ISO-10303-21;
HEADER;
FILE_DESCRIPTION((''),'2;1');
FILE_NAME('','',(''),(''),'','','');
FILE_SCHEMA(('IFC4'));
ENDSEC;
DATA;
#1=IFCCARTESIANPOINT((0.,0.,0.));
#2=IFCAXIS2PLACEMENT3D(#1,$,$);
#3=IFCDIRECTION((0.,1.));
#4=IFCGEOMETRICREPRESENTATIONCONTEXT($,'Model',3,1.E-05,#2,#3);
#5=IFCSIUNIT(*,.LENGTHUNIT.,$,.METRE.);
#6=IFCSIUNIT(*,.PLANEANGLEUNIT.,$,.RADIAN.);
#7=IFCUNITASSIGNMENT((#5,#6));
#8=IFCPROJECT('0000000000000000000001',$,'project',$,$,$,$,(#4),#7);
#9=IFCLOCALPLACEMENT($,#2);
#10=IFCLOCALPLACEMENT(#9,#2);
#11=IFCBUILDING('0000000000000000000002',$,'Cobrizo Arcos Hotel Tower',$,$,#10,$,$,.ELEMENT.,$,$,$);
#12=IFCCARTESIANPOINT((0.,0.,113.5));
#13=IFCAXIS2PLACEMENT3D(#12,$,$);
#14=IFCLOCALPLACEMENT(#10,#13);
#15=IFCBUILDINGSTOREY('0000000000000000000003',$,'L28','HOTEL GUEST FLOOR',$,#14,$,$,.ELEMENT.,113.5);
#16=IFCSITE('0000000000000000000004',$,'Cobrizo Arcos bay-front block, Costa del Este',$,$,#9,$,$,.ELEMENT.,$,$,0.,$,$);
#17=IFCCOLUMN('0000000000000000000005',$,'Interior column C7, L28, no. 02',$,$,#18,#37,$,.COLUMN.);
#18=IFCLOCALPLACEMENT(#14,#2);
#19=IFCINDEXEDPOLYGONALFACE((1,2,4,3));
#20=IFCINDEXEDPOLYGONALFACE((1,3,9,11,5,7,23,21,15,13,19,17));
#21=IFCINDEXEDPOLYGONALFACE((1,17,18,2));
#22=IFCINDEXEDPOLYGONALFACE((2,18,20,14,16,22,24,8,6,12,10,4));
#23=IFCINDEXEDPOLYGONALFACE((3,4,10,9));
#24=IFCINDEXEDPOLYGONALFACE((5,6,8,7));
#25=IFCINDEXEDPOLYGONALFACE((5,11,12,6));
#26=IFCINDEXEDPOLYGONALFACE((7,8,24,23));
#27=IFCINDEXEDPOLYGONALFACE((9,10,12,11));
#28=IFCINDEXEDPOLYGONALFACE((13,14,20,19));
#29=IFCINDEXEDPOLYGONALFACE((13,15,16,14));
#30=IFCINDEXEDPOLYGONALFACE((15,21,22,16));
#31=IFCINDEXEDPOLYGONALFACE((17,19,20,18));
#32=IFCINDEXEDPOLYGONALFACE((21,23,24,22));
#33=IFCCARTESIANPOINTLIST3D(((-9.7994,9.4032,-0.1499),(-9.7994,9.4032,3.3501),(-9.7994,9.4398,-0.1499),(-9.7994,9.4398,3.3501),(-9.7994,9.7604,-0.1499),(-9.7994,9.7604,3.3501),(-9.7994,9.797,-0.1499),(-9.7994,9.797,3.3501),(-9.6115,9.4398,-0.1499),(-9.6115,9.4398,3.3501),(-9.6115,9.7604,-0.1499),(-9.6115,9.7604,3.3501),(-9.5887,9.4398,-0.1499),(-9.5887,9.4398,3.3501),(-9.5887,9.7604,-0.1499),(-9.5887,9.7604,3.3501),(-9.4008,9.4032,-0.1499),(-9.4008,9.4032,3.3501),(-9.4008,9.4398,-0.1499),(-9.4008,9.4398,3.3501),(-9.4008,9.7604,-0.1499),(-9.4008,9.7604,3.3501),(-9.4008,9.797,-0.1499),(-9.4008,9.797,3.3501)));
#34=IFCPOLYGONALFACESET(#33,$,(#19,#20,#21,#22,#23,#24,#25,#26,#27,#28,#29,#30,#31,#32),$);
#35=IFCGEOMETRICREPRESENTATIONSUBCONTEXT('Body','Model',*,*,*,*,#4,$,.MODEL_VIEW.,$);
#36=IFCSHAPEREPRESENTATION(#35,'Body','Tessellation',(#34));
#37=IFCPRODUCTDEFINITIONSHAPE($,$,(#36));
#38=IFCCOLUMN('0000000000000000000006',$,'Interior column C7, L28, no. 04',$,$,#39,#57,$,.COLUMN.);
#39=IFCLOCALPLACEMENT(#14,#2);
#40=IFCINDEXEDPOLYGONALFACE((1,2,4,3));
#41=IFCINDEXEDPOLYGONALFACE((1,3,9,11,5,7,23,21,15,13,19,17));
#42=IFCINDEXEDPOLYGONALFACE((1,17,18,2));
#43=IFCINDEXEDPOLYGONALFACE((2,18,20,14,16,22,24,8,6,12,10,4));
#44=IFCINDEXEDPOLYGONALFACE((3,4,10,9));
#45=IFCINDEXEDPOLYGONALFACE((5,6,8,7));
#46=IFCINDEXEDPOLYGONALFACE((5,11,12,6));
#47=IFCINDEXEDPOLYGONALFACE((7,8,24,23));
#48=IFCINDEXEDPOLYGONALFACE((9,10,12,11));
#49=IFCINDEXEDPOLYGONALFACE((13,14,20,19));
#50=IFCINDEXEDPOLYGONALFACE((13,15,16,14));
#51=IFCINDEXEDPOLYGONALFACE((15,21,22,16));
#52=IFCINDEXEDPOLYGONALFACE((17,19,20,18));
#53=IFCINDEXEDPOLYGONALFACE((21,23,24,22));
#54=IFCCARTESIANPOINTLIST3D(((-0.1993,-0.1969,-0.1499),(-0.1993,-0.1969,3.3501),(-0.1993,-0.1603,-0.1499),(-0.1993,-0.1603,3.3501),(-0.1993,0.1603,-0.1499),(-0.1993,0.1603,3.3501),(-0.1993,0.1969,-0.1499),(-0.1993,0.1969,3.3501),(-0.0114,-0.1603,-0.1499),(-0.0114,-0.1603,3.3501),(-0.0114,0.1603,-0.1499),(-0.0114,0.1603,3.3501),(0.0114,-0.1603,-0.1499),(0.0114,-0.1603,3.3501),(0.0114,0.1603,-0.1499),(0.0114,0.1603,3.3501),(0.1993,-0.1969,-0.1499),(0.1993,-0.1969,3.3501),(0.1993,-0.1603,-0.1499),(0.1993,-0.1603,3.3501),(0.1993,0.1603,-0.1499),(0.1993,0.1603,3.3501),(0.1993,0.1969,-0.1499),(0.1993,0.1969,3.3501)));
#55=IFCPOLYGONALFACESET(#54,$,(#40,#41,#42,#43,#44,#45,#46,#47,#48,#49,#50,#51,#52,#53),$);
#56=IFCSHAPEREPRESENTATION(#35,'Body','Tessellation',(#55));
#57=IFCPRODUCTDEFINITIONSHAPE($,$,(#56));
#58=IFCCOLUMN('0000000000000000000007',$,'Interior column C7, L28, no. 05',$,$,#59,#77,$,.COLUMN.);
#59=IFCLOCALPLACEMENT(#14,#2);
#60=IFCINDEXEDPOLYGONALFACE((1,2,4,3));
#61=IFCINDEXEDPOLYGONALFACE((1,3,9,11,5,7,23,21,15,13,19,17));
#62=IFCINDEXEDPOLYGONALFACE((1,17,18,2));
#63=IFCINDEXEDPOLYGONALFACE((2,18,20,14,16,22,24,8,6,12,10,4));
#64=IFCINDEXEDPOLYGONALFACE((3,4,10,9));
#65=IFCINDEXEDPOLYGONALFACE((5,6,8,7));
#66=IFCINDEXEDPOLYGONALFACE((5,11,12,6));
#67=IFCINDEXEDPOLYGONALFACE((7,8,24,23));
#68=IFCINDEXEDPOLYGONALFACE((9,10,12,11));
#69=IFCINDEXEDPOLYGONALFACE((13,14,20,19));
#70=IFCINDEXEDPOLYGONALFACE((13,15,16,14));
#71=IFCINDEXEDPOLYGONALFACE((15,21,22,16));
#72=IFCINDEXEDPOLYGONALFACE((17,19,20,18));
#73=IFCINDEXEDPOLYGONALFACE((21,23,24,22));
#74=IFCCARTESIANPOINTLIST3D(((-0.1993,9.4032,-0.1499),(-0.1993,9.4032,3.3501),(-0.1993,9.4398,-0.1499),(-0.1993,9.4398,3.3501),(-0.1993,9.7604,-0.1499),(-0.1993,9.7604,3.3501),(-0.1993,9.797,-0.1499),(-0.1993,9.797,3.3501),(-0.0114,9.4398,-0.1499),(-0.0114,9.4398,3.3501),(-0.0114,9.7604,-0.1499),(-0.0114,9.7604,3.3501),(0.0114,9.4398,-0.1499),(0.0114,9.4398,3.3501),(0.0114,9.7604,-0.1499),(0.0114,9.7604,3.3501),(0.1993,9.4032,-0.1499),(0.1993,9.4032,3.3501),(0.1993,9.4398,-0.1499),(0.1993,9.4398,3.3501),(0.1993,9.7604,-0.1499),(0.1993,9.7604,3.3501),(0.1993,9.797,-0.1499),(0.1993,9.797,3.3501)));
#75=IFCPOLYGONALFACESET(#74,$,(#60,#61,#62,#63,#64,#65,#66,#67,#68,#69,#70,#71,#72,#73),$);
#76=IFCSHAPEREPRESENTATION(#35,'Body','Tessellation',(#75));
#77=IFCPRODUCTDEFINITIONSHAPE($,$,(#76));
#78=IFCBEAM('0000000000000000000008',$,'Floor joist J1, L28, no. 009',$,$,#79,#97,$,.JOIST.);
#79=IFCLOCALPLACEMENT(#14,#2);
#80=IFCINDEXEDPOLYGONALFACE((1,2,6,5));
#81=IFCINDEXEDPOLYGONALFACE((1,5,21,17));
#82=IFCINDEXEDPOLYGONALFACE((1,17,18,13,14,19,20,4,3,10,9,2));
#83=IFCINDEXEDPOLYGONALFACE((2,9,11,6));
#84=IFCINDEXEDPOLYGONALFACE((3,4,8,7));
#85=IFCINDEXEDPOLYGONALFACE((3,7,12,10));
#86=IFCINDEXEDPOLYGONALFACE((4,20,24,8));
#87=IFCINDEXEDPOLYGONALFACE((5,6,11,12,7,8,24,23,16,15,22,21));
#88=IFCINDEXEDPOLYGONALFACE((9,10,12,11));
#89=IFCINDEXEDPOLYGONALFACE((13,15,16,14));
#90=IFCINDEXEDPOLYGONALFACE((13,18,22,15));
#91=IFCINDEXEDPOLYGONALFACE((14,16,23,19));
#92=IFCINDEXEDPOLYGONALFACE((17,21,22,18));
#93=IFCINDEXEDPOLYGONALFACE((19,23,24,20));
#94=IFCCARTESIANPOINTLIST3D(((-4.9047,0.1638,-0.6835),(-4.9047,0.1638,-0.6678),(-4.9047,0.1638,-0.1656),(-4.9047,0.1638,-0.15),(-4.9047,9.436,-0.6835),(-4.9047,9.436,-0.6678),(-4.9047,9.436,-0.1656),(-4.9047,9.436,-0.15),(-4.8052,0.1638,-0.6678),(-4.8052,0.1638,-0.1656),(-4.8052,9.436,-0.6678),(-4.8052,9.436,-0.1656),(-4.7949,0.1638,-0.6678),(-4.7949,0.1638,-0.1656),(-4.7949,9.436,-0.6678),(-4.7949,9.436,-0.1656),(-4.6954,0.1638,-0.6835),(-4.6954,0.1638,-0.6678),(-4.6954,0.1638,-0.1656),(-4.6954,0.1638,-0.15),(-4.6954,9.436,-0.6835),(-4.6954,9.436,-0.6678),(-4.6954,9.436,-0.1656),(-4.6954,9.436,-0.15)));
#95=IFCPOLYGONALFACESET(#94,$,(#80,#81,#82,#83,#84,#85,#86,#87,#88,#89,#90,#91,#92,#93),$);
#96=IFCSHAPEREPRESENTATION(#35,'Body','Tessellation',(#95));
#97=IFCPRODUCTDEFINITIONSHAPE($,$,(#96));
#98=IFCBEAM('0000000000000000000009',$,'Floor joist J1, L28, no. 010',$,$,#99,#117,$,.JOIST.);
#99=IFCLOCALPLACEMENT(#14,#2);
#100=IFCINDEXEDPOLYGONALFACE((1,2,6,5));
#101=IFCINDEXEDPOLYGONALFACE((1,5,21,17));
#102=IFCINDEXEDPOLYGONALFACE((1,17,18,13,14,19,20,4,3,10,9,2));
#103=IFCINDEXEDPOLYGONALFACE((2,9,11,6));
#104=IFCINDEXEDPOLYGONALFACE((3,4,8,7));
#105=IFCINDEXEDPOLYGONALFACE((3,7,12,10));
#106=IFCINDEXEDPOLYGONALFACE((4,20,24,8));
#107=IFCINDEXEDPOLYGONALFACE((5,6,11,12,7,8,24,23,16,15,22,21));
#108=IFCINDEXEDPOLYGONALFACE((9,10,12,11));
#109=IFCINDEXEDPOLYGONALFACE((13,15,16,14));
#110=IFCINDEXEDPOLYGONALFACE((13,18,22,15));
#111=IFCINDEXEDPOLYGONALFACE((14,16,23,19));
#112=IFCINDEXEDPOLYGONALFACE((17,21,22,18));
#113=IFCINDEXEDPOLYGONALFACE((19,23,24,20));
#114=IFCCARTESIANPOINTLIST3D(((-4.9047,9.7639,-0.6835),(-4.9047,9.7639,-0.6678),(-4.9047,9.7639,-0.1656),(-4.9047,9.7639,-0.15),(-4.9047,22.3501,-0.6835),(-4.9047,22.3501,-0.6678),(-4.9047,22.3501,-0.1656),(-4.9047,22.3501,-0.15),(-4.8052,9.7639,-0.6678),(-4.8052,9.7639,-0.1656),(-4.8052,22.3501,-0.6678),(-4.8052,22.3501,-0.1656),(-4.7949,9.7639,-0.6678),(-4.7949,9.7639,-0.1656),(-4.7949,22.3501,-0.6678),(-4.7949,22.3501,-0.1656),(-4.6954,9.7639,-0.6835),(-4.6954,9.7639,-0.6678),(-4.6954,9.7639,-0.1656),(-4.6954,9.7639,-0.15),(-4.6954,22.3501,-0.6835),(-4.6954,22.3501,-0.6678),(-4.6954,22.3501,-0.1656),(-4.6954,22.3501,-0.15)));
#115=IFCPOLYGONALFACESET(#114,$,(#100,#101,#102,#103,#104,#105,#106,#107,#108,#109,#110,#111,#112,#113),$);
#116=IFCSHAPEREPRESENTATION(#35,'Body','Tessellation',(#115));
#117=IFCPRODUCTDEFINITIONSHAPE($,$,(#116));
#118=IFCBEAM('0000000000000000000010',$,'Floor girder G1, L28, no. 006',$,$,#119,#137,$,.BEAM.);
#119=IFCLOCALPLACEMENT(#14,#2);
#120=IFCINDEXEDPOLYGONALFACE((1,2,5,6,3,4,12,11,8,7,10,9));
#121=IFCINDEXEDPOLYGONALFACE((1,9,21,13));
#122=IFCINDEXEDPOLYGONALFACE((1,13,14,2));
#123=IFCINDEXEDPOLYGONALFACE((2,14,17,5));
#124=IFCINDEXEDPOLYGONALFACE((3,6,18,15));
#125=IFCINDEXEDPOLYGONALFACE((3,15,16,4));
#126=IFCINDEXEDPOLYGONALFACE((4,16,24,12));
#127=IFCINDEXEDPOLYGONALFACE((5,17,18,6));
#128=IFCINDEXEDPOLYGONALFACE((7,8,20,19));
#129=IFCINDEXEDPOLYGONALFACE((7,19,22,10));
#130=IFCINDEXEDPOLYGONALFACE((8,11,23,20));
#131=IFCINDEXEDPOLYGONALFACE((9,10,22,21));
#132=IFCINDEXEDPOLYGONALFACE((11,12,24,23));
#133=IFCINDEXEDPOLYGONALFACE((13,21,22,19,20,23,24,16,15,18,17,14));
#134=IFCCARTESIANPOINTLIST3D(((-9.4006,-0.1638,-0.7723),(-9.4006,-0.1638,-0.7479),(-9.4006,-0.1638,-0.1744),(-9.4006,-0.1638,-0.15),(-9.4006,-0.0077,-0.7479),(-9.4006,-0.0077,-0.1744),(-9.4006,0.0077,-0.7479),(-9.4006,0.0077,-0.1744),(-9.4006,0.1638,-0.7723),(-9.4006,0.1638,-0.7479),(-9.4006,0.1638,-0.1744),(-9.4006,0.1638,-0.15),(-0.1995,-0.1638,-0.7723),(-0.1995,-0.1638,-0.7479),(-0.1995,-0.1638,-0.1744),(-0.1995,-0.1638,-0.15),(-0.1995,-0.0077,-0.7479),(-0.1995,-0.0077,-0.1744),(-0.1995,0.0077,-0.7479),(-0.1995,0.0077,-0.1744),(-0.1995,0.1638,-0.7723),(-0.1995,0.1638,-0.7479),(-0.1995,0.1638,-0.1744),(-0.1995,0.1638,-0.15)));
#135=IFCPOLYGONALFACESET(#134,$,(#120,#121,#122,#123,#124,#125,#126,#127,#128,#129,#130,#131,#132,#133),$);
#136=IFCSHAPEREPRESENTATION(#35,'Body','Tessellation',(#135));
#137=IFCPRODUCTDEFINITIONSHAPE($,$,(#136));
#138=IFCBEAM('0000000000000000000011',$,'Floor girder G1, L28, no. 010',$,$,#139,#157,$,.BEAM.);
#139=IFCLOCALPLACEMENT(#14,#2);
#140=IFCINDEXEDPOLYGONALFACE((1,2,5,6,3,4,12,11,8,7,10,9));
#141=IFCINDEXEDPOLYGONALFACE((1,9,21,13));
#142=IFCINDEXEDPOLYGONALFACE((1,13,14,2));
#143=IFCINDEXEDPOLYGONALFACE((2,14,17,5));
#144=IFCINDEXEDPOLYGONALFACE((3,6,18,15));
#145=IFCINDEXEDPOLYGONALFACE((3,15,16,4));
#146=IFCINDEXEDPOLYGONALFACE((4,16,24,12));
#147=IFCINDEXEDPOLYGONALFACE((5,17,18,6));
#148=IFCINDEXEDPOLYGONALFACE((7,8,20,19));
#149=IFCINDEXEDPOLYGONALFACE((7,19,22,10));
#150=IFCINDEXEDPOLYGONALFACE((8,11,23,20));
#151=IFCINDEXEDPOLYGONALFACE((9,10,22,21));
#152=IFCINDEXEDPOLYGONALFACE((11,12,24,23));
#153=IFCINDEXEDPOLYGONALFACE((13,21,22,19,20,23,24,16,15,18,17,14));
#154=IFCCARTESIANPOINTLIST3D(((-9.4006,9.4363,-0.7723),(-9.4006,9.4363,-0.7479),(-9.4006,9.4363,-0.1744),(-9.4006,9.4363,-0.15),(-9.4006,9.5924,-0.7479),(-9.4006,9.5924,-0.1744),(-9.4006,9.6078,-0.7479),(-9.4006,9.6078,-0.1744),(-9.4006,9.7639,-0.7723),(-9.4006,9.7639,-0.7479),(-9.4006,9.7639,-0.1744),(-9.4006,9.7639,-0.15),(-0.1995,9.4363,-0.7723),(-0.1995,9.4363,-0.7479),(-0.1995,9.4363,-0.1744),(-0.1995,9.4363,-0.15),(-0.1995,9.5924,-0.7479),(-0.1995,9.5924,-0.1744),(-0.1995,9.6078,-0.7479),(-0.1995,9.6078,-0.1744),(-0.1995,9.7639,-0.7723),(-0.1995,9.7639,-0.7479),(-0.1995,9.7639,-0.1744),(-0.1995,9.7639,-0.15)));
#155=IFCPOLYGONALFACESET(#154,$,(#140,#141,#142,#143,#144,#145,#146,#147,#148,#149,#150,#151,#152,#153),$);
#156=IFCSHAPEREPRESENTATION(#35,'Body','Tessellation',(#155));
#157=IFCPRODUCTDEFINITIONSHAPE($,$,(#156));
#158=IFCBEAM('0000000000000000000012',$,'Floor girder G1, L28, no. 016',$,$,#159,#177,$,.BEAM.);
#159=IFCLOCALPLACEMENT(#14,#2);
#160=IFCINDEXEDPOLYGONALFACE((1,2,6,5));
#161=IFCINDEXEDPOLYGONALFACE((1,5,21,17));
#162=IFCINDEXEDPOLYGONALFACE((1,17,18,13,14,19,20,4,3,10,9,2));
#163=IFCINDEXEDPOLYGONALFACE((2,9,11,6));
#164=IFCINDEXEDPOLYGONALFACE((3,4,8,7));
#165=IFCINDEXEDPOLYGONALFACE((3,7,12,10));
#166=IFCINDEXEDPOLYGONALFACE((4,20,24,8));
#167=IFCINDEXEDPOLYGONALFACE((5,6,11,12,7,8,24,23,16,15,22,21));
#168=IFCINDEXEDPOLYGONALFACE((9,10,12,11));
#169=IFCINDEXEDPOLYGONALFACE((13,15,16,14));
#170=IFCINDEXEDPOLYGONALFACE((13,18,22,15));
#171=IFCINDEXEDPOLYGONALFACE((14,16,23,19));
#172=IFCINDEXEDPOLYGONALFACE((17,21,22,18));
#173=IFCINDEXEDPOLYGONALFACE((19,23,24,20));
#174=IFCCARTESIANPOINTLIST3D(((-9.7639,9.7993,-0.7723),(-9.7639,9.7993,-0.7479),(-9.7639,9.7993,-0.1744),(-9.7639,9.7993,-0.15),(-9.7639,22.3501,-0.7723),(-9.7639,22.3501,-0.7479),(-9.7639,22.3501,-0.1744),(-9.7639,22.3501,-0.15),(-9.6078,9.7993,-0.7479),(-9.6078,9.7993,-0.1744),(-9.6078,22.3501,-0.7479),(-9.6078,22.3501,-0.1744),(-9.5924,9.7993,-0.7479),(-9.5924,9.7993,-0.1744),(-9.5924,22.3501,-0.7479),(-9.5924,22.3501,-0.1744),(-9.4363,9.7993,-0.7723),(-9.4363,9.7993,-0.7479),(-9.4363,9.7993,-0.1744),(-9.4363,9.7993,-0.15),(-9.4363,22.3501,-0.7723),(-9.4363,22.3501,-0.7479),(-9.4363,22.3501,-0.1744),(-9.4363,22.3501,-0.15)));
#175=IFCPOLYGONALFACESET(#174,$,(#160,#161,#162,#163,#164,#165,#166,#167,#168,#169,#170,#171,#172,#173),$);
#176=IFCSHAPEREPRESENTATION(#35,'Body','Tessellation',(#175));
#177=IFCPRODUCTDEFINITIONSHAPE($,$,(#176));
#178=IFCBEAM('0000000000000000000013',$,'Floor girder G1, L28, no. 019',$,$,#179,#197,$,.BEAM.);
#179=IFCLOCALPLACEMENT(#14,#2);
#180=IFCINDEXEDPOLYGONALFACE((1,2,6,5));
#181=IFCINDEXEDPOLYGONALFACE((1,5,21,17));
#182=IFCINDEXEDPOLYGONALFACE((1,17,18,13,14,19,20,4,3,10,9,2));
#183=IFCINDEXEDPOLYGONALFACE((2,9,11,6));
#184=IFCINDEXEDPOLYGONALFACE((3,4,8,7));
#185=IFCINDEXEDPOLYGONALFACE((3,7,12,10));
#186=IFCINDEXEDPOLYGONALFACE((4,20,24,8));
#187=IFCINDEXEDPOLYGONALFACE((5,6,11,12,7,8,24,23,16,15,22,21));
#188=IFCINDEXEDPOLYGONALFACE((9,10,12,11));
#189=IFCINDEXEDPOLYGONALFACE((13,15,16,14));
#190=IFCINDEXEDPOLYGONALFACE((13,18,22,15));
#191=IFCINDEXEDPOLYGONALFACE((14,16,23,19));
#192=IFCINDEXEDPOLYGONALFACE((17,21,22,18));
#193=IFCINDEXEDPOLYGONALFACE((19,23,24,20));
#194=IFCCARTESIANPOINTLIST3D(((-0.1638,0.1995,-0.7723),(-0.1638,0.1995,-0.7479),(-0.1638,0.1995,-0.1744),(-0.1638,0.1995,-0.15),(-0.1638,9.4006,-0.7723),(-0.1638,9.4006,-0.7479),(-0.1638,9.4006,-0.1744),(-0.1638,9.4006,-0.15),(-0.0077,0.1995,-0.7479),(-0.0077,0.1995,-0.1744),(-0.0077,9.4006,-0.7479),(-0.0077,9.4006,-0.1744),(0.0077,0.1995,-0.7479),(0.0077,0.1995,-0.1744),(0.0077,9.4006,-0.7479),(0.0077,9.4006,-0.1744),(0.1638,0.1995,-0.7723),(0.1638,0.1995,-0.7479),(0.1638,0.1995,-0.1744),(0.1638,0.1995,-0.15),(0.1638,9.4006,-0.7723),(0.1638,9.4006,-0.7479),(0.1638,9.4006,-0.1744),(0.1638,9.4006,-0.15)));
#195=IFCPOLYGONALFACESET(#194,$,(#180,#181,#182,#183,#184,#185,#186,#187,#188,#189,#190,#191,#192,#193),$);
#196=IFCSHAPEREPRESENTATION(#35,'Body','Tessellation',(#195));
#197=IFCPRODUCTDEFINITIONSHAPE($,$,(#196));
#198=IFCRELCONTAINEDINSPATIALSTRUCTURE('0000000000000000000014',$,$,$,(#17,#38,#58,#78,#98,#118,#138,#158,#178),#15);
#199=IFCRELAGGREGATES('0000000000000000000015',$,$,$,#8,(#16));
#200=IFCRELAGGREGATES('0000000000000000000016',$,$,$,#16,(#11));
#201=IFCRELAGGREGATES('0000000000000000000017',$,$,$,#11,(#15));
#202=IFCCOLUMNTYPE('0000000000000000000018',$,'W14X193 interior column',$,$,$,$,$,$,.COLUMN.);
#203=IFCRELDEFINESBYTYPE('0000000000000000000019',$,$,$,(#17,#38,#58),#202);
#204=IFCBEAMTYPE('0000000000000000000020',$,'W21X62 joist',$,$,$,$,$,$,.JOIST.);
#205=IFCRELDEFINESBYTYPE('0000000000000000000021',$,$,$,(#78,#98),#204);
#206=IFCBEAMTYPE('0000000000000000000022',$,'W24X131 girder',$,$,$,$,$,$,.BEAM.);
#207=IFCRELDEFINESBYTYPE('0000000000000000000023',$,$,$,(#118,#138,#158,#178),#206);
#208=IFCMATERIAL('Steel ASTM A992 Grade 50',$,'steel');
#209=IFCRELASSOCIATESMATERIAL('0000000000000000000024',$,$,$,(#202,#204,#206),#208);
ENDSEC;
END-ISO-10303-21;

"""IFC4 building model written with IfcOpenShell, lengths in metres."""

from ifc_helpers import new_model, si_unit, direction, frame, origin, origin_2d, place, context, subcontext, project, spatial, i_section, extrude, material, material_profile, profile_set, type_object, element, save


model = new_model("IFC4")

# Units and contexts
model_context = context("Model", 3, precision=1e-05, world=origin(), true_north=direction((0.0, 1.0)))
body_context = subcontext(model_context, "Body", "Model", "MODEL_VIEW")
ifc_project = project(units=[si_unit("LENGTHUNIT", "METRE"), si_unit("PLANEANGLEUNIT", "RADIAN")], contexts=[model_context])

# Site, building, storey
site_placement = place(None, origin())
site = spatial("IfcSite", under=ifc_project, at=site_placement, Name="Cobrizo Arcos bay-front block, Costa del Este", CompositionType="ELEMENT", RefElevation=0.0)
building_placement = place(site_placement, origin())
building = spatial("IfcBuilding", under=site, at=building_placement, Name="Cobrizo Arcos Hotel Tower", CompositionType="ELEMENT")
storey_placement = place(building_placement, frame((0.0, 0.0, 113.5)))
storey = spatial("IfcBuildingStorey", under=building, at=storey_placement, Name="L28", Description="HOTEL GUEST FLOOR", CompositionType="ELEMENT", Elevation=113.5)

# Columns
ifc_material_1 = material(Name="Steel ASTM A992 Grade 50", Category="steel")
ifc_material_profile_1 = material_profile(ifc_material_1, i_section(OverallWidth=0.3987, OverallDepth=0.3938, WebThickness=0.0227, FlangeThickness=0.0366, at=origin_2d()), Name="W14X193")
ifc_profile_set_1 = profile_set([ifc_material_profile_1], Name="Steel ASTM A992 Grade 50")
column_type = type_object("IfcColumnType", Name="W14X193 interior column", PredefinedType="COLUMN", material=ifc_profile_set_1)
for number, where, z_axis, x_axis, name in (
    (1, (-9.6001, 9.6001, -0.1499), (0.0, 0.0, 1.0), (1.0, 0.0, 0.0), "Interior column C7, L28, no. 02"),
    (2, (0.0, 0.0, -0.1499), (0.0, 0.0, 1.0), (1.0, 0.0, 0.0), "Interior column C7, L28, no. 04"),
    (3, (0.0, 9.6001, -0.1499), (0.0, 0.0, 1.0), (1.0, 0.0, 0.0), "Interior column C7, L28, no. 05"),
):
    element("IfcColumn", number, at=place(storey_placement, frame(where, z_axis=z_axis, x_axis=x_axis)), inside=storey, type_object=column_type, Name=name, PredefinedType="COLUMN", context=body_context, shape_type="SweptSolid", body=[
        extrude(i_section(OverallWidth=0.3987, OverallDepth=0.3938, WebThickness=0.0227, FlangeThickness=0.0366, at=origin_2d()), origin(), (0.0, 0.0, 1.0), 3.5),
    ])

# Beams
ifc_material_profile_2 = material_profile(ifc_material_1, i_section(OverallWidth=0.2092, OverallDepth=0.5334, WebThickness=0.0103, FlangeThickness=0.0156, at=origin_2d()), Name="W21X62")
ifc_profile_set_2 = profile_set([ifc_material_profile_2], Name="Steel ASTM A992 Grade 50")
beam_type_1 = type_object("IfcBeamType", Name="W21X62 joist", PredefinedType="JOIST", material=ifc_profile_set_2)
beam_1_placement = place(storey_placement, frame((-4.8, 0.1638, -0.4167), z_axis=(0.0, 1.0, 0.0), x_axis=(-1.0, 0.0, 0.0)))
element("IfcBeam", 4, at=beam_1_placement, inside=storey, type_object=beam_type_1, Name="Floor joist J1, L28, no. 009", PredefinedType="JOIST", context=body_context, shape_type="SweptSolid", body=[
    extrude(i_section(OverallWidth=0.2092, OverallDepth=0.5334, WebThickness=0.0103, FlangeThickness=0.0156, at=origin_2d()), origin(), (0.0, 0.0, 1.0), 9.2722),
])
beam_2_placement = place(storey_placement, frame((-4.8, 9.7639, -0.4167), z_axis=(0.0, 1.0, 0.0), x_axis=(-1.0, 0.0, 0.0)))
element("IfcBeam", 5, at=beam_2_placement, inside=storey, type_object=beam_type_1, Name="Floor joist J1, L28, no. 010", PredefinedType="JOIST", context=body_context, shape_type="SweptSolid", body=[
    extrude(i_section(OverallWidth=0.2092, OverallDepth=0.5334, WebThickness=0.0103, FlangeThickness=0.0156, at=origin_2d()), origin(), (0.0, 0.0, 1.0), 12.5862),
])
ifc_material_profile_3 = material_profile(ifc_material_1, i_section(OverallWidth=0.3276, OverallDepth=0.6223, WebThickness=0.0154, FlangeThickness=0.0244, at=origin_2d()), Name="W24X131")
ifc_profile_set_3 = profile_set([ifc_material_profile_3], Name="Steel ASTM A992 Grade 50")
beam_type_2 = type_object("IfcBeamType", Name="W24X131 girder", PredefinedType="BEAM", material=ifc_profile_set_3)
for number, where, z_axis, x_axis, name in (
    (6, (-9.4006, 0.0, -0.4612), (1.0, 0.0, 0.0), (0.0, 1.0, 0.0), "Floor girder G1, L28, no. 006"),
    (7, (-9.4006, 9.6001, -0.4612), (1.0, 0.0, 0.0), (0.0, 1.0, 0.0), "Floor girder G1, L28, no. 010"),
):
    element("IfcBeam", number, at=place(storey_placement, frame(where, z_axis=z_axis, x_axis=x_axis)), inside=storey, type_object=beam_type_2, Name=name, PredefinedType="BEAM", context=body_context, shape_type="SweptSolid", body=[
        extrude(i_section(OverallWidth=0.3276, OverallDepth=0.6223, WebThickness=0.0154, FlangeThickness=0.0244, at=origin_2d()), origin(), (0.0, 0.0, 1.0), 9.2012),
    ])
beam_3_placement = place(storey_placement, frame((-9.6001, 9.7993, -0.4612), z_axis=(0.0, 1.0, 0.0), x_axis=(-1.0, 0.0, 0.0)))
element("IfcBeam", 8, at=beam_3_placement, inside=storey, type_object=beam_type_2, Name="Floor girder G1, L28, no. 016", PredefinedType="BEAM", context=body_context, shape_type="SweptSolid", body=[
    extrude(i_section(OverallWidth=0.3276, OverallDepth=0.6223, WebThickness=0.0154, FlangeThickness=0.0244, at=origin_2d()), origin(), (0.0, 0.0, 1.0), 12.5508),
])
beam_4_placement = place(storey_placement, frame((0.0, 0.1995, -0.4612), z_axis=(0.0, 1.0, 0.0), x_axis=(-1.0, 0.0, 0.0)))
element("IfcBeam", 9, at=beam_4_placement, inside=storey, type_object=beam_type_2, Name="Floor girder G1, L28, no. 019", PredefinedType="BEAM", context=body_context, shape_type="SweptSolid", body=[
    extrude(i_section(OverallWidth=0.3276, OverallDepth=0.6223, WebThickness=0.0154, FlangeThickness=0.0244, at=origin_2d()), origin(), (0.0, 0.0, 1.0), 9.2012),
])

save(model, "model.ifc")
